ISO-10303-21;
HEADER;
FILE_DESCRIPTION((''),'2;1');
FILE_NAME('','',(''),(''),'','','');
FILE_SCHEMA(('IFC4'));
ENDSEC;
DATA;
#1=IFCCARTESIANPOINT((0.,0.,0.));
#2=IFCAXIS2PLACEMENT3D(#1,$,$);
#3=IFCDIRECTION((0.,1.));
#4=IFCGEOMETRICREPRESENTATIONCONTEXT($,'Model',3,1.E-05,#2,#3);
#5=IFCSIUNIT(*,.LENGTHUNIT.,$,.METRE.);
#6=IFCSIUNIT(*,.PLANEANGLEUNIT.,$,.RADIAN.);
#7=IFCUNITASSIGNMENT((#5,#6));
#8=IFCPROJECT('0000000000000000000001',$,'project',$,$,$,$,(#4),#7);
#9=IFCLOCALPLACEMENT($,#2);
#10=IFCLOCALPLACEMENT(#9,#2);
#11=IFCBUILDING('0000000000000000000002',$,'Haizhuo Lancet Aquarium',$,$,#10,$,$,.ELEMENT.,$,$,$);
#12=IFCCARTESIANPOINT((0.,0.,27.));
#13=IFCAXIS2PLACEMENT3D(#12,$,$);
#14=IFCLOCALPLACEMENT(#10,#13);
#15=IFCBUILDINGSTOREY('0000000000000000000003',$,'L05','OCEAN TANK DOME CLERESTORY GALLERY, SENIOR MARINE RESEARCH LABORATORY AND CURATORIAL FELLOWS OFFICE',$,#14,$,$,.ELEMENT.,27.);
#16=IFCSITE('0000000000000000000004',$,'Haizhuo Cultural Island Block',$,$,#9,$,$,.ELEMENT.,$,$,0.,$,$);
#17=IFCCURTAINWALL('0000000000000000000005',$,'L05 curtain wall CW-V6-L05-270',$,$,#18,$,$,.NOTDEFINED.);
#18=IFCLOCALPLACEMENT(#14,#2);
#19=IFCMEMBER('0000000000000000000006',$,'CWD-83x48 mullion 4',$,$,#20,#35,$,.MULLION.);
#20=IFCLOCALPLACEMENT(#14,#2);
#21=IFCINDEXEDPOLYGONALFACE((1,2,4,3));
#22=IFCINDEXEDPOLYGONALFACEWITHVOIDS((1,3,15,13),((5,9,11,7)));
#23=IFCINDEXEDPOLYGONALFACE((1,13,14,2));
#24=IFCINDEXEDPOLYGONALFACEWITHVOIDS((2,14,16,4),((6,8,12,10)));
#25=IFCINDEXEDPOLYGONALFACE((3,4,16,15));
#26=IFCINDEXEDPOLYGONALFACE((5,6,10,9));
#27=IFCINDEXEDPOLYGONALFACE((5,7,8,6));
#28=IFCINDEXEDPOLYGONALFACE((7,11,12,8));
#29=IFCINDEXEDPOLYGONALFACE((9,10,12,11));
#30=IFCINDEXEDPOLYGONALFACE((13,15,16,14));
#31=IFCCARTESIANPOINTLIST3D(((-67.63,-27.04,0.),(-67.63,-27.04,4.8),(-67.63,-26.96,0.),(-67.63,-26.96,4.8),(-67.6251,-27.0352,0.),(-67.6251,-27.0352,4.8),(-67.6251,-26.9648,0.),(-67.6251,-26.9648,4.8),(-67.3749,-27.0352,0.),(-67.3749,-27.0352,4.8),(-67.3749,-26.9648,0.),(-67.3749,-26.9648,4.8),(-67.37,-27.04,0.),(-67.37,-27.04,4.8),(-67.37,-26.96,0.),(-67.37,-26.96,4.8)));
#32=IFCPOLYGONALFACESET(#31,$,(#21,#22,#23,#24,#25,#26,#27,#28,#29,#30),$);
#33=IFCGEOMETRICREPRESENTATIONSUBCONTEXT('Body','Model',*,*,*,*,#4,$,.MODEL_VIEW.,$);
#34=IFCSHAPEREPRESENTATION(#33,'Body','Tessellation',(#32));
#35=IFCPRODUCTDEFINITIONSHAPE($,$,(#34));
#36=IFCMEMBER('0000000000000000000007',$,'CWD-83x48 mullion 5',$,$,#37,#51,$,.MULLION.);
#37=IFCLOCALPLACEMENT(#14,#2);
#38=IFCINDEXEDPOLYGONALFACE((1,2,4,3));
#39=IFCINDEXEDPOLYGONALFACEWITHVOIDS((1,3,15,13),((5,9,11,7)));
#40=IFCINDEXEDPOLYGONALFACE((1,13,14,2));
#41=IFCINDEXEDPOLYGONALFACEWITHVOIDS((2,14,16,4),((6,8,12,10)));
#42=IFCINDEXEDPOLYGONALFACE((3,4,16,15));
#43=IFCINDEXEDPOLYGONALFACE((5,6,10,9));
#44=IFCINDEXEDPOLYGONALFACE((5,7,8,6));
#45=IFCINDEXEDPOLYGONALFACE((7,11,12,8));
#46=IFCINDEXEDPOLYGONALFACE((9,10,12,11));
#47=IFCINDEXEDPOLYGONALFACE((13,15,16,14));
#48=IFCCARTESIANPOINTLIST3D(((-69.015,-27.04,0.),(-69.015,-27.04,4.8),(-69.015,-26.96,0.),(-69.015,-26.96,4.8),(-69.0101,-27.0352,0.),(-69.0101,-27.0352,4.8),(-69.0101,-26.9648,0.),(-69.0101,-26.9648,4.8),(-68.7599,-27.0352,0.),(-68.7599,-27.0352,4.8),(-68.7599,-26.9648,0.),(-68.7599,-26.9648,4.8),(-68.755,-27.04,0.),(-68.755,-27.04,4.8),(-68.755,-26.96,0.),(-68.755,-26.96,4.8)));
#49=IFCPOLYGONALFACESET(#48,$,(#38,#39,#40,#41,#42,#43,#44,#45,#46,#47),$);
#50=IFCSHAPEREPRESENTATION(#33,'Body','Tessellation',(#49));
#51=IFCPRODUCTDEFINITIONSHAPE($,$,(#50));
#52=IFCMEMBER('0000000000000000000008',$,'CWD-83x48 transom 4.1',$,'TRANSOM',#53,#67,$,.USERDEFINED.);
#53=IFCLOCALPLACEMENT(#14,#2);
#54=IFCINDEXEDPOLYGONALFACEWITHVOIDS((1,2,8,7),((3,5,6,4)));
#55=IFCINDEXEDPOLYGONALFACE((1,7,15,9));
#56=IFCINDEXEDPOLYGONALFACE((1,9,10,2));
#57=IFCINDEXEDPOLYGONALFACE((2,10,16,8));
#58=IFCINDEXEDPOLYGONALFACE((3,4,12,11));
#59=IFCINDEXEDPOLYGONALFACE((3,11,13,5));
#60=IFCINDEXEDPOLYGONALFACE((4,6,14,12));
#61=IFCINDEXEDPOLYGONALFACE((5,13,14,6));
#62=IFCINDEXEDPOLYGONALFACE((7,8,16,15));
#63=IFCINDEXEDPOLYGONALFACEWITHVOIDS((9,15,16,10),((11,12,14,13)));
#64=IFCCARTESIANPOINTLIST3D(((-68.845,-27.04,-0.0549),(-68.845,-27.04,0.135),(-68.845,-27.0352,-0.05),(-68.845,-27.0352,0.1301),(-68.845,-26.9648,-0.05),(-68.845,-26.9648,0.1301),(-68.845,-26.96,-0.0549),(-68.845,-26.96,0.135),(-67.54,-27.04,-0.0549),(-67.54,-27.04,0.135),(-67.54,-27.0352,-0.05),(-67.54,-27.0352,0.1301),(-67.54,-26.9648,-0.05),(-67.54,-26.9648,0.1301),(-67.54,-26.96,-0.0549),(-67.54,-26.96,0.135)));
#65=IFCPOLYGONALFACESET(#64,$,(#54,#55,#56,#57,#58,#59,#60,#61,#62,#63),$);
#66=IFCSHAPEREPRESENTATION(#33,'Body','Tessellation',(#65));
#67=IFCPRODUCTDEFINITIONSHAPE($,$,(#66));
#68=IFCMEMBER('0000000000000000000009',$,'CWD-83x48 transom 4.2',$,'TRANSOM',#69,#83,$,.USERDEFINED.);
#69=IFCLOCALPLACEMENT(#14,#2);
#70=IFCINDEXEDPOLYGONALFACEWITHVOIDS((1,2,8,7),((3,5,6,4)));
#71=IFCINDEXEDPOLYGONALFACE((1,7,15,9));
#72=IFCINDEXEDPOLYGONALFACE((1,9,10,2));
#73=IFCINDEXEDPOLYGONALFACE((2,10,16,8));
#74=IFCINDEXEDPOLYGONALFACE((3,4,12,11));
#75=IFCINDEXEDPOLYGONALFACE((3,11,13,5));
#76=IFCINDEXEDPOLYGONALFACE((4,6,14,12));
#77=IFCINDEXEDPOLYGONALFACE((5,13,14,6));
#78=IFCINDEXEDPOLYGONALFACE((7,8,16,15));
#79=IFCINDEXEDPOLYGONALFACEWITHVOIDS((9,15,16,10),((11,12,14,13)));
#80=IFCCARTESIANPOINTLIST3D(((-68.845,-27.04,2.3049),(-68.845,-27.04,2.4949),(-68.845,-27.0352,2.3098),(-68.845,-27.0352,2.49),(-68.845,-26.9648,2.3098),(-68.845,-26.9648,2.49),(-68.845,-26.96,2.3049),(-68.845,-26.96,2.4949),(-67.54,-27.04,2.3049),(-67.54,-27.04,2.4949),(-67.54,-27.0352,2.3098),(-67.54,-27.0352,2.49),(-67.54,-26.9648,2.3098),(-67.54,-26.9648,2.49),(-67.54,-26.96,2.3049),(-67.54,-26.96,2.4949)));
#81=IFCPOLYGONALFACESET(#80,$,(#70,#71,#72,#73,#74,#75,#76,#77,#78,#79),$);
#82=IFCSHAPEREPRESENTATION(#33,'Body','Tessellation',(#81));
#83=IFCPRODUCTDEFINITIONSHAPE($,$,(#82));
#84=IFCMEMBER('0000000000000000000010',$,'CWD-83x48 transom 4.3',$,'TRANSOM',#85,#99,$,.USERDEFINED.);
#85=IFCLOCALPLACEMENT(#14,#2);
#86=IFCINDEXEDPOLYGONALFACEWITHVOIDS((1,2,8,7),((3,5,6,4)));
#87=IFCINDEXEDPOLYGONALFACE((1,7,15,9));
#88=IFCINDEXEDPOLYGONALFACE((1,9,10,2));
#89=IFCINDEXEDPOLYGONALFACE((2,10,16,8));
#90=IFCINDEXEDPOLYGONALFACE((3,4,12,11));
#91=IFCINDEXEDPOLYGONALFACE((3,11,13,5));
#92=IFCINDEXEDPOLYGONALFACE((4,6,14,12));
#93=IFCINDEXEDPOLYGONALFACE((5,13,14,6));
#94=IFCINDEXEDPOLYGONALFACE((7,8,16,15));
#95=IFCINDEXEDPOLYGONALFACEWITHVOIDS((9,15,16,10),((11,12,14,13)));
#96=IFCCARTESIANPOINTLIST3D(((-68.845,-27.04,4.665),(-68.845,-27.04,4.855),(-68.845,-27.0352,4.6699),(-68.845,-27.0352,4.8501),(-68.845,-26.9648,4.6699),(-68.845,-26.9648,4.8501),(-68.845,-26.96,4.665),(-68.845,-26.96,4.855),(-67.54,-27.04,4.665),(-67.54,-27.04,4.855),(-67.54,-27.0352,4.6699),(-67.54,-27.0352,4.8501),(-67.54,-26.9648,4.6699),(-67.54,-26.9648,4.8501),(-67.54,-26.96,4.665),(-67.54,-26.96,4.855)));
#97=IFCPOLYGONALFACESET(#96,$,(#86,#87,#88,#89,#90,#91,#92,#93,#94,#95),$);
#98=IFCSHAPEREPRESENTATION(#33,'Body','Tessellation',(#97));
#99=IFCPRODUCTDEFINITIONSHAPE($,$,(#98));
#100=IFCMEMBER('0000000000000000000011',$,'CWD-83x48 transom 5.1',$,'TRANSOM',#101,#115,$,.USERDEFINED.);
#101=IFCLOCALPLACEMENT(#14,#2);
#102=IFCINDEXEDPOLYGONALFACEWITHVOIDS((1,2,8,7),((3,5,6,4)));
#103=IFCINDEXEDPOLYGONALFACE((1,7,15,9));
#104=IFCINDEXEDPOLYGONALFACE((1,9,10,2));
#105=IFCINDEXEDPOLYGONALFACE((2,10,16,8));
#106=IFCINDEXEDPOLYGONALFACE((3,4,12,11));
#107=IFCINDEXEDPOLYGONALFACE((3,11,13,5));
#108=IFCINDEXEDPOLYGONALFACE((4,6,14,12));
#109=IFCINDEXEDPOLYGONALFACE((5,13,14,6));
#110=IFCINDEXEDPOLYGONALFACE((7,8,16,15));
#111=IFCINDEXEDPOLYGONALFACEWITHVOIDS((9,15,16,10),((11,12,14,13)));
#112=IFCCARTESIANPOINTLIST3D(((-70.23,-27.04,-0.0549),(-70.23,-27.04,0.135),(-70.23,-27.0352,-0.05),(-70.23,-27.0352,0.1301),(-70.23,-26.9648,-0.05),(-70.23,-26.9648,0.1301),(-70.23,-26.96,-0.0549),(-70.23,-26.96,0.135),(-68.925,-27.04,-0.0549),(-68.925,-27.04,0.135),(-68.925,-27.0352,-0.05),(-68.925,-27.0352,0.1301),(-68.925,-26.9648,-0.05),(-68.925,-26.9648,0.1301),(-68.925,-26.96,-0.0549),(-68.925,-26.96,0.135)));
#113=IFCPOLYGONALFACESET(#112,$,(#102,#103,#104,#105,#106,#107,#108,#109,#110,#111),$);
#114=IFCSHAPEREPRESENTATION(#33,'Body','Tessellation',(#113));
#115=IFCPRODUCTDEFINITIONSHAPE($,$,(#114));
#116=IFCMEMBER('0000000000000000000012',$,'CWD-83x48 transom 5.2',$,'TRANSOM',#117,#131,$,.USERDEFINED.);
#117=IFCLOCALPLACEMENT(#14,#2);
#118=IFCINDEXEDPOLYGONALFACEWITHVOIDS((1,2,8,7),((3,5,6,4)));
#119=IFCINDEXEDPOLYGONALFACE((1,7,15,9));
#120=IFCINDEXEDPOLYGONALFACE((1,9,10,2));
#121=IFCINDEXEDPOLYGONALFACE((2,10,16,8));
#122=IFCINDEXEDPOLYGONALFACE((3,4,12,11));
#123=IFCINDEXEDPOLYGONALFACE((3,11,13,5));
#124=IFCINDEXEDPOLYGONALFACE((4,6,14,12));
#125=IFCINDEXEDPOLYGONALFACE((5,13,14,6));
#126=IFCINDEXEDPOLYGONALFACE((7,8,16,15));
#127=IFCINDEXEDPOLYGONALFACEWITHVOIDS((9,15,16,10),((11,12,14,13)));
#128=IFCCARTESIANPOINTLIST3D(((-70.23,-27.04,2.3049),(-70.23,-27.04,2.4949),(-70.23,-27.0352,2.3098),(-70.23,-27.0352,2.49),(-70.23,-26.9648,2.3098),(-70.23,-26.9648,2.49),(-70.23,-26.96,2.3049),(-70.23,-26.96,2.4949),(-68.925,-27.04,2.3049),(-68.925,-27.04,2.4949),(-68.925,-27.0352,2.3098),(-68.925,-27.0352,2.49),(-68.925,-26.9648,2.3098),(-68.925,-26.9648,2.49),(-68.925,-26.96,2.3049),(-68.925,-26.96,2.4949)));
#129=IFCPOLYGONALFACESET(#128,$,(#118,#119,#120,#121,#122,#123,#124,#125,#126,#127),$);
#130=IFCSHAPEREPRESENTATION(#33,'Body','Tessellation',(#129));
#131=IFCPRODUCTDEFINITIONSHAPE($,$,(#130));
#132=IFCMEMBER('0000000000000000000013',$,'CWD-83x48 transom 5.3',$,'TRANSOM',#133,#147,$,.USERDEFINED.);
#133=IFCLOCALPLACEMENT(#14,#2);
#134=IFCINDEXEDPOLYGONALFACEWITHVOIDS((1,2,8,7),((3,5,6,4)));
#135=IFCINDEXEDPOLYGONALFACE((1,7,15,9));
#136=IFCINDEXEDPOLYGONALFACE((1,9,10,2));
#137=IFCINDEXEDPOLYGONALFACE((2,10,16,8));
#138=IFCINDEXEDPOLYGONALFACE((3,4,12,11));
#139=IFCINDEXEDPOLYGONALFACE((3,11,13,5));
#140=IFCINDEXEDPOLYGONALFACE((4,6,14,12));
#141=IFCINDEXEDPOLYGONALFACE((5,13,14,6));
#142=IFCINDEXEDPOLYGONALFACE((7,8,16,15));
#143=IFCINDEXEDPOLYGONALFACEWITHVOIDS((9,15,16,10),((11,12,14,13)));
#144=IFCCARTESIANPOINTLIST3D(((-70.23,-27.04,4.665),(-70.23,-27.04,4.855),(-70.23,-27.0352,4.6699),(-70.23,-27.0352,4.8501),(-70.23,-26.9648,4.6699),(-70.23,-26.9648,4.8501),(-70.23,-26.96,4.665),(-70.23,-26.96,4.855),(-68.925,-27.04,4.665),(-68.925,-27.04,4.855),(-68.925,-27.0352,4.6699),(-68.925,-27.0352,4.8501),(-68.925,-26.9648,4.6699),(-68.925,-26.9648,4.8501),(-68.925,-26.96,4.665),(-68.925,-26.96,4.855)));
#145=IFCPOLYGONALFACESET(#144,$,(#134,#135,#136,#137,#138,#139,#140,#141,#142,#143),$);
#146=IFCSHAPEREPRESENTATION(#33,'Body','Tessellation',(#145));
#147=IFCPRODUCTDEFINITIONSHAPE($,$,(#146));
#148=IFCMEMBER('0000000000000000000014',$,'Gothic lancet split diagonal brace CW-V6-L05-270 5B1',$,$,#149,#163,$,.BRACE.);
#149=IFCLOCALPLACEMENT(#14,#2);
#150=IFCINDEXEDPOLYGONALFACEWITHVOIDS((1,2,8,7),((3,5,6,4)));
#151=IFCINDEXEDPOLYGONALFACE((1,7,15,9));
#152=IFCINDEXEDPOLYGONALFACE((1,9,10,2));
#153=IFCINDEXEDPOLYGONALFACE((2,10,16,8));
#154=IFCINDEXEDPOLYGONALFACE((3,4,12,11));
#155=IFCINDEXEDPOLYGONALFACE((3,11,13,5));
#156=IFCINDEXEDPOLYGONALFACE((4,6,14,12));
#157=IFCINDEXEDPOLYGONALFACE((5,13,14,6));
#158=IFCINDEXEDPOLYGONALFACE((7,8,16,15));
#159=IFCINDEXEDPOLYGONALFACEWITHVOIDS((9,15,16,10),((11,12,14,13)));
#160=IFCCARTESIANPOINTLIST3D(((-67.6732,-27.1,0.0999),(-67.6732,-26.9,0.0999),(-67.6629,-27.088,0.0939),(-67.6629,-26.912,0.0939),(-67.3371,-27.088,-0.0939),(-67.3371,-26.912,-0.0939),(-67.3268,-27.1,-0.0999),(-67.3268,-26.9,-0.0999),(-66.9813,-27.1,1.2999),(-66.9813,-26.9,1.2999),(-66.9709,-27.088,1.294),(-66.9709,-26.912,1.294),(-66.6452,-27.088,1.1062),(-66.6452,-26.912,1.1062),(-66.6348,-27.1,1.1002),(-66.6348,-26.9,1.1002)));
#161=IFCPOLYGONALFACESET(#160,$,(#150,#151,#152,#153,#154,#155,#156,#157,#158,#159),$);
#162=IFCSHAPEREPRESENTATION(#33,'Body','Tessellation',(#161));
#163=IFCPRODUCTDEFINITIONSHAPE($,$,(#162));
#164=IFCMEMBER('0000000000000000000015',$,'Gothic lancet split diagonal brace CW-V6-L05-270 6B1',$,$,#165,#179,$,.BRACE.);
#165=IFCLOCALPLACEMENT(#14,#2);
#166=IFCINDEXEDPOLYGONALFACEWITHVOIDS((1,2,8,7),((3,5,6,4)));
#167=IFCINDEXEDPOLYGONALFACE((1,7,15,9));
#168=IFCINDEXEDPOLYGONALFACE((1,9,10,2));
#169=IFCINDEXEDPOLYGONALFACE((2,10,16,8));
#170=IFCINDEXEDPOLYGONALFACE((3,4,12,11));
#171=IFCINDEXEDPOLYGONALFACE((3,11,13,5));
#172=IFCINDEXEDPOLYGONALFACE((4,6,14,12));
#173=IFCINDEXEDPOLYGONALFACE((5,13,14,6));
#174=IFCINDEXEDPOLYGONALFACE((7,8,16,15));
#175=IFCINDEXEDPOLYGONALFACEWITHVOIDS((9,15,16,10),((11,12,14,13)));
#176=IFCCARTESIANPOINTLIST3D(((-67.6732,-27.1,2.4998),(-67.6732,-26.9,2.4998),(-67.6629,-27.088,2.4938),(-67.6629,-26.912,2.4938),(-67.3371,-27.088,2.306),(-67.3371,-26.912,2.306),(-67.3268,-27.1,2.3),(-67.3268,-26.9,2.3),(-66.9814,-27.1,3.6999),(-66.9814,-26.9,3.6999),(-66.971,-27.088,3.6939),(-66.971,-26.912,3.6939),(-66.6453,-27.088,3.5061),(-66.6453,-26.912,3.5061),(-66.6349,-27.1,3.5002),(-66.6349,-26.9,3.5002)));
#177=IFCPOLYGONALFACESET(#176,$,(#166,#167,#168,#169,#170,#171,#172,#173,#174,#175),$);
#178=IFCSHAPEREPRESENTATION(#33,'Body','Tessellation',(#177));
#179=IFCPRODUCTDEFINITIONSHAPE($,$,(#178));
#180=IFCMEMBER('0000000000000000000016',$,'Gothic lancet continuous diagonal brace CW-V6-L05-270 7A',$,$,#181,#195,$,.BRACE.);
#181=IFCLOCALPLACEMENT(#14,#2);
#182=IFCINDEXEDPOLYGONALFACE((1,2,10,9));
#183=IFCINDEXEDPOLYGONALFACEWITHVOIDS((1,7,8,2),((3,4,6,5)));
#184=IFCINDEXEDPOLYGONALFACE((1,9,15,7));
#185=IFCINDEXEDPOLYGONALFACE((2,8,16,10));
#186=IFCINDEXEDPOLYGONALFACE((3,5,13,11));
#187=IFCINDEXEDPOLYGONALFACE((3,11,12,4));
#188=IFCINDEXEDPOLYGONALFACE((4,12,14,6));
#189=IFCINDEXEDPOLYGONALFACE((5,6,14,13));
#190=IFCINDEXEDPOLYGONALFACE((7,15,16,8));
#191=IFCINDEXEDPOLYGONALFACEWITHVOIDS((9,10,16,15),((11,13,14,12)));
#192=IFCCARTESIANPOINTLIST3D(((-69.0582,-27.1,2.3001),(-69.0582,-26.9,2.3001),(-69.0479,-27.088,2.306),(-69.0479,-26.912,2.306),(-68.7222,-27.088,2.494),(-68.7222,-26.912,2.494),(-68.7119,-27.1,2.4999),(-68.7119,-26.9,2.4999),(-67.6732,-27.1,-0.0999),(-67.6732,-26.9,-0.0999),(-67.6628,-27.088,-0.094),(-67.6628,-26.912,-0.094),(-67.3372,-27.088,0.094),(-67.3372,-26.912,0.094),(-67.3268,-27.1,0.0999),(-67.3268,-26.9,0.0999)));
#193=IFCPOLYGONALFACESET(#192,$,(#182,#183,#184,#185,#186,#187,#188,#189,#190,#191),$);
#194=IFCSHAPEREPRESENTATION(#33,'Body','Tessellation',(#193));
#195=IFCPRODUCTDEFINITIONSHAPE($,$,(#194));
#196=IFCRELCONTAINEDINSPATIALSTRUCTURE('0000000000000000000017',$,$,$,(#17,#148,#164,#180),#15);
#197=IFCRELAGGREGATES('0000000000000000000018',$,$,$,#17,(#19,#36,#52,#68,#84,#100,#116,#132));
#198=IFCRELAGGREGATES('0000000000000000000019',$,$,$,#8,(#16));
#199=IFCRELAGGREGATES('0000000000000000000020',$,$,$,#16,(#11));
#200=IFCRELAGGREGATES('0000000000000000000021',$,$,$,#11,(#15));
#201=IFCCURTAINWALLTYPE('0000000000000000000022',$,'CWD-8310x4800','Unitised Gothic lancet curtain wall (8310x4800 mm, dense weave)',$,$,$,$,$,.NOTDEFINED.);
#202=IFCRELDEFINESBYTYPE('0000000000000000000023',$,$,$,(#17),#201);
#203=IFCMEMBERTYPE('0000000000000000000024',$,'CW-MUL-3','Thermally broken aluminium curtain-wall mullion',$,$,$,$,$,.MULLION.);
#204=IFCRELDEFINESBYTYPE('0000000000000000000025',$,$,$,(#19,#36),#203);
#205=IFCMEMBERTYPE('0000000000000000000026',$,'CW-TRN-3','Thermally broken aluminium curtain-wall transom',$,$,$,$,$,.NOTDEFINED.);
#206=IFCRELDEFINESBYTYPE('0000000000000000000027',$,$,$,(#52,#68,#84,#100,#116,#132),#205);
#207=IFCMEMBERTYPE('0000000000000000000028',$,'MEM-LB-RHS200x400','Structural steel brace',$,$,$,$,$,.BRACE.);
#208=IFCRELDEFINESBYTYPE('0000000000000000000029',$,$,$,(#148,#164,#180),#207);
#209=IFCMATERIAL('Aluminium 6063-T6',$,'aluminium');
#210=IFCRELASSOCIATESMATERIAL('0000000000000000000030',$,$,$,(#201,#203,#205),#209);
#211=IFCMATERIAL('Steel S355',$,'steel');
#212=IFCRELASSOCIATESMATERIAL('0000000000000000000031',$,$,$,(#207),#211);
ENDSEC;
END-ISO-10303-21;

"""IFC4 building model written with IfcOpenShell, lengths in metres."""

from ifc_helpers import new_model, si_unit, direction, frame, origin, origin_2d, place, context, subcontext, project, spatial, hollow_rectangle, extrude, material, material_profile, profile_set, type_object, element, aggregate, save


model = new_model("IFC4")

# Units and contexts
model_context = context("Model", 3, precision=1e-05, world=origin(), true_north=direction((0.0, 1.0)))
body_context = subcontext(model_context, "Body", "Model", "MODEL_VIEW")
ifc_project = project(units=[si_unit("LENGTHUNIT", "METRE"), si_unit("PLANEANGLEUNIT", "RADIAN")], contexts=[model_context])

# Site, building, storey
site_placement = place(None, origin())
site = spatial("IfcSite", under=ifc_project, at=site_placement, Name="Haizhuo Cultural Island Block", CompositionType="ELEMENT", RefElevation=0.0)
building_placement = place(site_placement, origin())
building = spatial("IfcBuilding", under=site, at=building_placement, Name="Haizhuo Lancet Aquarium", CompositionType="ELEMENT")
storey_placement = place(building_placement, frame((0.0, 0.0, 27.0)))
storey = spatial("IfcBuildingStorey", under=building, at=storey_placement, Name="L05", Description="OCEAN TANK DOME CLERESTORY GALLERY, SENIOR MARINE RESEARCH LABORATORY AND CURATORIAL FELLOWS OFFICE", CompositionType="ELEMENT", Elevation=27.0)

# Curtain wall, members
ifc_material_1 = material(Name="Aluminium 6063-T6", Category="aluminium")
curtain_wall_type = type_object("IfcCurtainWallType", Name="CWD-8310x4800", Description="Unitised Gothic lancet curtain wall (8310x4800 mm, dense weave)", PredefinedType="NOTDEFINED", material=ifc_material_1)
curtain_wall_placement = place(storey_placement, origin())
curtain_wall = element("IfcCurtainWall", 1, at=curtain_wall_placement, inside=storey, type_object=curtain_wall_type, Name="L05 curtain wall CW-V6-L05-270", PredefinedType="NOTDEFINED")
ifc_material_profile_1 = material_profile(ifc_material_1, hollow_rectangle(XDim=0.0801, YDim=0.26, WallThickness=0.0049, at=origin_2d()), Name="ALU-M 80x260x5")
ifc_profile_set_1 = profile_set([ifc_material_profile_1], Name="Aluminium 6063-T6")
member_type_1 = type_object("IfcMemberType", Name="CW-MUL-3", Description="Thermally broken aluminium curtain-wall mullion", PredefinedType="MULLION", material=ifc_profile_set_1)
member_1_placement = place(storey_placement, frame((-67.5, -27.0, 0.0), z_axis=(0.0, 0.0, 1.0), x_axis=(0.0, -1.0, 0.0)))
member_1 = element("IfcMember", 2, at=member_1_placement, type_object=member_type_1, Name="CWD-83x48 mullion 4", PredefinedType="MULLION", context=body_context, shape_type="SweptSolid", body=[
    extrude(hollow_rectangle(XDim=0.0801, YDim=0.26, WallThickness=0.0049, at=origin_2d()), origin(), (0.0, 0.0, 1.0), 4.8),
])
member_2_placement = place(storey_placement, frame((-68.885, -27.0, 0.0), z_axis=(0.0, 0.0, 1.0), x_axis=(0.0, -1.0, 0.0)))
member_2 = element("IfcMember", 3, at=member_2_placement, type_object=member_type_1, Name="CWD-83x48 mullion 5", PredefinedType="MULLION", context=body_context, shape_type="SweptSolid", body=[
    extrude(hollow_rectangle(XDim=0.0801, YDim=0.26, WallThickness=0.0049, at=origin_2d()), origin(), (0.0, 0.0, 1.0), 4.8),
])
ifc_material_profile_2 = material_profile(ifc_material_1, hollow_rectangle(XDim=0.0801, YDim=0.1899, WallThickness=0.0049, at=origin_2d()), Name="ALU-T 80x190x5")
ifc_profile_set_2 = profile_set([ifc_material_profile_2], Name="Aluminium 6063-T6")
member_type_2 = type_object("IfcMemberType", Name="CW-TRN-3", Description="Thermally broken aluminium curtain-wall transom", PredefinedType="NOTDEFINED", material=ifc_profile_set_2)
member_3_placement = place(storey_placement, frame((-67.54, -27.0, 0.04), z_axis=(-1.0, 0.0, 0.0), x_axis=(0.0, -1.0, 0.0)))
member_3 = element("IfcMember", 4, at=member_3_placement, type_object=member_type_2, Name="CWD-83x48 transom 4.1", ObjectType="TRANSOM", PredefinedType="USERDEFINED", context=body_context, shape_type="SweptSolid", body=[
    extrude(hollow_rectangle(XDim=0.0801, YDim=0.1899, WallThickness=0.0049, at=origin_2d()), origin(), (0.0, 0.0, 1.0), 1.3049),
])
member_4_placement = place(storey_placement, frame((-67.54, -27.0, 2.3999), z_axis=(-1.0, 0.0, 0.0), x_axis=(0.0, -1.0, 0.0)))
member_4 = element("IfcMember", 5, at=member_4_placement, type_object=member_type_2, Name="CWD-83x48 transom 4.2", ObjectType="TRANSOM", PredefinedType="USERDEFINED", context=body_context, shape_type="SweptSolid", body=[
    extrude(hollow_rectangle(XDim=0.0801, YDim=0.1899, WallThickness=0.0049, at=origin_2d()), origin(), (0.0, 0.0, 1.0), 1.3049),
])
member_5_placement = place(storey_placement, frame((-67.54, -27.0, 4.76), z_axis=(-1.0, 0.0, 0.0), x_axis=(0.0, -1.0, 0.0)))
member_5 = element("IfcMember", 6, at=member_5_placement, type_object=member_type_2, Name="CWD-83x48 transom 4.3", ObjectType="TRANSOM", PredefinedType="USERDEFINED", context=body_context, shape_type="SweptSolid", body=[
    extrude(hollow_rectangle(XDim=0.0801, YDim=0.1899, WallThickness=0.0049, at=origin_2d()), origin(), (0.0, 0.0, 1.0), 1.3049),
])
member_6_placement = place(storey_placement, frame((-68.925, -27.0, 0.04), z_axis=(-1.0, 0.0, 0.0), x_axis=(0.0, -1.0, 0.0)))
member_6 = element("IfcMember", 7, at=member_6_placement, type_object=member_type_2, Name="CWD-83x48 transom 5.1", ObjectType="TRANSOM", PredefinedType="USERDEFINED", context=body_context, shape_type="SweptSolid", body=[
    extrude(hollow_rectangle(XDim=0.0801, YDim=0.1899, WallThickness=0.0049, at=origin_2d()), origin(), (0.0, 0.0, 1.0), 1.3049),
])
member_7_placement = place(storey_placement, frame((-68.925, -27.0, 2.3999), z_axis=(-1.0, 0.0, 0.0), x_axis=(0.0, -1.0, 0.0)))
member_7 = element("IfcMember", 8, at=member_7_placement, type_object=member_type_2, Name="CWD-83x48 transom 5.2", ObjectType="TRANSOM", PredefinedType="USERDEFINED", context=body_context, shape_type="SweptSolid", body=[
    extrude(hollow_rectangle(XDim=0.0801, YDim=0.1899, WallThickness=0.0049, at=origin_2d()), origin(), (0.0, 0.0, 1.0), 1.3049),
])
member_8_placement = place(storey_placement, frame((-68.925, -27.0, 4.76), z_axis=(-1.0, 0.0, 0.0), x_axis=(0.0, -1.0, 0.0)))
member_8 = element("IfcMember", 9, at=member_8_placement, type_object=member_type_2, Name="CWD-83x48 transom 5.3", ObjectType="TRANSOM", PredefinedType="USERDEFINED", context=body_context, shape_type="SweptSolid", body=[
    extrude(hollow_rectangle(XDim=0.0801, YDim=0.1899, WallThickness=0.0049, at=origin_2d()), origin(), (0.0, 0.0, 1.0), 1.3049),
])

# Members
ifc_material_2 = material(Name="Steel S355", Category="steel")
ifc_material_profile_3 = material_profile(ifc_material_2, hollow_rectangle(XDim=0.2, YDim=0.3999, WallThickness=0.012, at=origin_2d()), Name="RHS 200x400x12")
ifc_profile_set_3 = profile_set([ifc_material_profile_3], Name="Steel S355")
member_type_3 = type_object("IfcMemberType", Name="MEM-LB-RHS200x400", Description="Structural steel brace", PredefinedType="BRACE", material=ifc_profile_set_3)
for number, where, z_axis, x_axis, name in (
    (10, (-67.5, -27.0, 0.0), (0.499514, 0.0, 0.866306), (0.0, 1.0, 0.0), "Gothic lancet split diagonal brace CW-V6-L05-270 5B1"),
    (11, (-67.5, -27.0, 2.3999), (0.499438, 0.0, 0.86635), (0.0, 1.0, 0.0), "Gothic lancet split diagonal brace CW-V6-L05-270 6B1"),
):
    element("IfcMember", number, at=place(storey_placement, frame(where, z_axis=z_axis, x_axis=x_axis)), inside=storey, type_object=member_type_3, Name=name, PredefinedType="BRACE", context=body_context, shape_type="SweptSolid", body=[
        extrude(hollow_rectangle(XDim=0.2, YDim=0.3999, WallThickness=0.012, at=origin_2d()), origin(), (0.0, 0.0, 1.0), 1.3853),
    ])
member_9_placement = place(storey_placement, frame((-67.5, -27.0, 0.0), z_axis=(-0.499844, 0.0, 0.866115), x_axis=(0.0, -1.0, 0.0)))
element("IfcMember", 12, at=member_9_placement, inside=storey, type_object=member_type_3, Name="Gothic lancet continuous diagonal brace CW-V6-L05-270 7A", PredefinedType="BRACE", context=body_context, shape_type="SweptSolid", body=[
    extrude(hollow_rectangle(XDim=0.2, YDim=0.3999, WallThickness=0.012, at=origin_2d()), origin(), (0.0, 0.0, 1.0), 2.771),
])

aggregate(curtain_wall, [member_1, member_2, member_3, member_4, member_5, member_6, member_7, member_8])

save(model, "model.ifc")
